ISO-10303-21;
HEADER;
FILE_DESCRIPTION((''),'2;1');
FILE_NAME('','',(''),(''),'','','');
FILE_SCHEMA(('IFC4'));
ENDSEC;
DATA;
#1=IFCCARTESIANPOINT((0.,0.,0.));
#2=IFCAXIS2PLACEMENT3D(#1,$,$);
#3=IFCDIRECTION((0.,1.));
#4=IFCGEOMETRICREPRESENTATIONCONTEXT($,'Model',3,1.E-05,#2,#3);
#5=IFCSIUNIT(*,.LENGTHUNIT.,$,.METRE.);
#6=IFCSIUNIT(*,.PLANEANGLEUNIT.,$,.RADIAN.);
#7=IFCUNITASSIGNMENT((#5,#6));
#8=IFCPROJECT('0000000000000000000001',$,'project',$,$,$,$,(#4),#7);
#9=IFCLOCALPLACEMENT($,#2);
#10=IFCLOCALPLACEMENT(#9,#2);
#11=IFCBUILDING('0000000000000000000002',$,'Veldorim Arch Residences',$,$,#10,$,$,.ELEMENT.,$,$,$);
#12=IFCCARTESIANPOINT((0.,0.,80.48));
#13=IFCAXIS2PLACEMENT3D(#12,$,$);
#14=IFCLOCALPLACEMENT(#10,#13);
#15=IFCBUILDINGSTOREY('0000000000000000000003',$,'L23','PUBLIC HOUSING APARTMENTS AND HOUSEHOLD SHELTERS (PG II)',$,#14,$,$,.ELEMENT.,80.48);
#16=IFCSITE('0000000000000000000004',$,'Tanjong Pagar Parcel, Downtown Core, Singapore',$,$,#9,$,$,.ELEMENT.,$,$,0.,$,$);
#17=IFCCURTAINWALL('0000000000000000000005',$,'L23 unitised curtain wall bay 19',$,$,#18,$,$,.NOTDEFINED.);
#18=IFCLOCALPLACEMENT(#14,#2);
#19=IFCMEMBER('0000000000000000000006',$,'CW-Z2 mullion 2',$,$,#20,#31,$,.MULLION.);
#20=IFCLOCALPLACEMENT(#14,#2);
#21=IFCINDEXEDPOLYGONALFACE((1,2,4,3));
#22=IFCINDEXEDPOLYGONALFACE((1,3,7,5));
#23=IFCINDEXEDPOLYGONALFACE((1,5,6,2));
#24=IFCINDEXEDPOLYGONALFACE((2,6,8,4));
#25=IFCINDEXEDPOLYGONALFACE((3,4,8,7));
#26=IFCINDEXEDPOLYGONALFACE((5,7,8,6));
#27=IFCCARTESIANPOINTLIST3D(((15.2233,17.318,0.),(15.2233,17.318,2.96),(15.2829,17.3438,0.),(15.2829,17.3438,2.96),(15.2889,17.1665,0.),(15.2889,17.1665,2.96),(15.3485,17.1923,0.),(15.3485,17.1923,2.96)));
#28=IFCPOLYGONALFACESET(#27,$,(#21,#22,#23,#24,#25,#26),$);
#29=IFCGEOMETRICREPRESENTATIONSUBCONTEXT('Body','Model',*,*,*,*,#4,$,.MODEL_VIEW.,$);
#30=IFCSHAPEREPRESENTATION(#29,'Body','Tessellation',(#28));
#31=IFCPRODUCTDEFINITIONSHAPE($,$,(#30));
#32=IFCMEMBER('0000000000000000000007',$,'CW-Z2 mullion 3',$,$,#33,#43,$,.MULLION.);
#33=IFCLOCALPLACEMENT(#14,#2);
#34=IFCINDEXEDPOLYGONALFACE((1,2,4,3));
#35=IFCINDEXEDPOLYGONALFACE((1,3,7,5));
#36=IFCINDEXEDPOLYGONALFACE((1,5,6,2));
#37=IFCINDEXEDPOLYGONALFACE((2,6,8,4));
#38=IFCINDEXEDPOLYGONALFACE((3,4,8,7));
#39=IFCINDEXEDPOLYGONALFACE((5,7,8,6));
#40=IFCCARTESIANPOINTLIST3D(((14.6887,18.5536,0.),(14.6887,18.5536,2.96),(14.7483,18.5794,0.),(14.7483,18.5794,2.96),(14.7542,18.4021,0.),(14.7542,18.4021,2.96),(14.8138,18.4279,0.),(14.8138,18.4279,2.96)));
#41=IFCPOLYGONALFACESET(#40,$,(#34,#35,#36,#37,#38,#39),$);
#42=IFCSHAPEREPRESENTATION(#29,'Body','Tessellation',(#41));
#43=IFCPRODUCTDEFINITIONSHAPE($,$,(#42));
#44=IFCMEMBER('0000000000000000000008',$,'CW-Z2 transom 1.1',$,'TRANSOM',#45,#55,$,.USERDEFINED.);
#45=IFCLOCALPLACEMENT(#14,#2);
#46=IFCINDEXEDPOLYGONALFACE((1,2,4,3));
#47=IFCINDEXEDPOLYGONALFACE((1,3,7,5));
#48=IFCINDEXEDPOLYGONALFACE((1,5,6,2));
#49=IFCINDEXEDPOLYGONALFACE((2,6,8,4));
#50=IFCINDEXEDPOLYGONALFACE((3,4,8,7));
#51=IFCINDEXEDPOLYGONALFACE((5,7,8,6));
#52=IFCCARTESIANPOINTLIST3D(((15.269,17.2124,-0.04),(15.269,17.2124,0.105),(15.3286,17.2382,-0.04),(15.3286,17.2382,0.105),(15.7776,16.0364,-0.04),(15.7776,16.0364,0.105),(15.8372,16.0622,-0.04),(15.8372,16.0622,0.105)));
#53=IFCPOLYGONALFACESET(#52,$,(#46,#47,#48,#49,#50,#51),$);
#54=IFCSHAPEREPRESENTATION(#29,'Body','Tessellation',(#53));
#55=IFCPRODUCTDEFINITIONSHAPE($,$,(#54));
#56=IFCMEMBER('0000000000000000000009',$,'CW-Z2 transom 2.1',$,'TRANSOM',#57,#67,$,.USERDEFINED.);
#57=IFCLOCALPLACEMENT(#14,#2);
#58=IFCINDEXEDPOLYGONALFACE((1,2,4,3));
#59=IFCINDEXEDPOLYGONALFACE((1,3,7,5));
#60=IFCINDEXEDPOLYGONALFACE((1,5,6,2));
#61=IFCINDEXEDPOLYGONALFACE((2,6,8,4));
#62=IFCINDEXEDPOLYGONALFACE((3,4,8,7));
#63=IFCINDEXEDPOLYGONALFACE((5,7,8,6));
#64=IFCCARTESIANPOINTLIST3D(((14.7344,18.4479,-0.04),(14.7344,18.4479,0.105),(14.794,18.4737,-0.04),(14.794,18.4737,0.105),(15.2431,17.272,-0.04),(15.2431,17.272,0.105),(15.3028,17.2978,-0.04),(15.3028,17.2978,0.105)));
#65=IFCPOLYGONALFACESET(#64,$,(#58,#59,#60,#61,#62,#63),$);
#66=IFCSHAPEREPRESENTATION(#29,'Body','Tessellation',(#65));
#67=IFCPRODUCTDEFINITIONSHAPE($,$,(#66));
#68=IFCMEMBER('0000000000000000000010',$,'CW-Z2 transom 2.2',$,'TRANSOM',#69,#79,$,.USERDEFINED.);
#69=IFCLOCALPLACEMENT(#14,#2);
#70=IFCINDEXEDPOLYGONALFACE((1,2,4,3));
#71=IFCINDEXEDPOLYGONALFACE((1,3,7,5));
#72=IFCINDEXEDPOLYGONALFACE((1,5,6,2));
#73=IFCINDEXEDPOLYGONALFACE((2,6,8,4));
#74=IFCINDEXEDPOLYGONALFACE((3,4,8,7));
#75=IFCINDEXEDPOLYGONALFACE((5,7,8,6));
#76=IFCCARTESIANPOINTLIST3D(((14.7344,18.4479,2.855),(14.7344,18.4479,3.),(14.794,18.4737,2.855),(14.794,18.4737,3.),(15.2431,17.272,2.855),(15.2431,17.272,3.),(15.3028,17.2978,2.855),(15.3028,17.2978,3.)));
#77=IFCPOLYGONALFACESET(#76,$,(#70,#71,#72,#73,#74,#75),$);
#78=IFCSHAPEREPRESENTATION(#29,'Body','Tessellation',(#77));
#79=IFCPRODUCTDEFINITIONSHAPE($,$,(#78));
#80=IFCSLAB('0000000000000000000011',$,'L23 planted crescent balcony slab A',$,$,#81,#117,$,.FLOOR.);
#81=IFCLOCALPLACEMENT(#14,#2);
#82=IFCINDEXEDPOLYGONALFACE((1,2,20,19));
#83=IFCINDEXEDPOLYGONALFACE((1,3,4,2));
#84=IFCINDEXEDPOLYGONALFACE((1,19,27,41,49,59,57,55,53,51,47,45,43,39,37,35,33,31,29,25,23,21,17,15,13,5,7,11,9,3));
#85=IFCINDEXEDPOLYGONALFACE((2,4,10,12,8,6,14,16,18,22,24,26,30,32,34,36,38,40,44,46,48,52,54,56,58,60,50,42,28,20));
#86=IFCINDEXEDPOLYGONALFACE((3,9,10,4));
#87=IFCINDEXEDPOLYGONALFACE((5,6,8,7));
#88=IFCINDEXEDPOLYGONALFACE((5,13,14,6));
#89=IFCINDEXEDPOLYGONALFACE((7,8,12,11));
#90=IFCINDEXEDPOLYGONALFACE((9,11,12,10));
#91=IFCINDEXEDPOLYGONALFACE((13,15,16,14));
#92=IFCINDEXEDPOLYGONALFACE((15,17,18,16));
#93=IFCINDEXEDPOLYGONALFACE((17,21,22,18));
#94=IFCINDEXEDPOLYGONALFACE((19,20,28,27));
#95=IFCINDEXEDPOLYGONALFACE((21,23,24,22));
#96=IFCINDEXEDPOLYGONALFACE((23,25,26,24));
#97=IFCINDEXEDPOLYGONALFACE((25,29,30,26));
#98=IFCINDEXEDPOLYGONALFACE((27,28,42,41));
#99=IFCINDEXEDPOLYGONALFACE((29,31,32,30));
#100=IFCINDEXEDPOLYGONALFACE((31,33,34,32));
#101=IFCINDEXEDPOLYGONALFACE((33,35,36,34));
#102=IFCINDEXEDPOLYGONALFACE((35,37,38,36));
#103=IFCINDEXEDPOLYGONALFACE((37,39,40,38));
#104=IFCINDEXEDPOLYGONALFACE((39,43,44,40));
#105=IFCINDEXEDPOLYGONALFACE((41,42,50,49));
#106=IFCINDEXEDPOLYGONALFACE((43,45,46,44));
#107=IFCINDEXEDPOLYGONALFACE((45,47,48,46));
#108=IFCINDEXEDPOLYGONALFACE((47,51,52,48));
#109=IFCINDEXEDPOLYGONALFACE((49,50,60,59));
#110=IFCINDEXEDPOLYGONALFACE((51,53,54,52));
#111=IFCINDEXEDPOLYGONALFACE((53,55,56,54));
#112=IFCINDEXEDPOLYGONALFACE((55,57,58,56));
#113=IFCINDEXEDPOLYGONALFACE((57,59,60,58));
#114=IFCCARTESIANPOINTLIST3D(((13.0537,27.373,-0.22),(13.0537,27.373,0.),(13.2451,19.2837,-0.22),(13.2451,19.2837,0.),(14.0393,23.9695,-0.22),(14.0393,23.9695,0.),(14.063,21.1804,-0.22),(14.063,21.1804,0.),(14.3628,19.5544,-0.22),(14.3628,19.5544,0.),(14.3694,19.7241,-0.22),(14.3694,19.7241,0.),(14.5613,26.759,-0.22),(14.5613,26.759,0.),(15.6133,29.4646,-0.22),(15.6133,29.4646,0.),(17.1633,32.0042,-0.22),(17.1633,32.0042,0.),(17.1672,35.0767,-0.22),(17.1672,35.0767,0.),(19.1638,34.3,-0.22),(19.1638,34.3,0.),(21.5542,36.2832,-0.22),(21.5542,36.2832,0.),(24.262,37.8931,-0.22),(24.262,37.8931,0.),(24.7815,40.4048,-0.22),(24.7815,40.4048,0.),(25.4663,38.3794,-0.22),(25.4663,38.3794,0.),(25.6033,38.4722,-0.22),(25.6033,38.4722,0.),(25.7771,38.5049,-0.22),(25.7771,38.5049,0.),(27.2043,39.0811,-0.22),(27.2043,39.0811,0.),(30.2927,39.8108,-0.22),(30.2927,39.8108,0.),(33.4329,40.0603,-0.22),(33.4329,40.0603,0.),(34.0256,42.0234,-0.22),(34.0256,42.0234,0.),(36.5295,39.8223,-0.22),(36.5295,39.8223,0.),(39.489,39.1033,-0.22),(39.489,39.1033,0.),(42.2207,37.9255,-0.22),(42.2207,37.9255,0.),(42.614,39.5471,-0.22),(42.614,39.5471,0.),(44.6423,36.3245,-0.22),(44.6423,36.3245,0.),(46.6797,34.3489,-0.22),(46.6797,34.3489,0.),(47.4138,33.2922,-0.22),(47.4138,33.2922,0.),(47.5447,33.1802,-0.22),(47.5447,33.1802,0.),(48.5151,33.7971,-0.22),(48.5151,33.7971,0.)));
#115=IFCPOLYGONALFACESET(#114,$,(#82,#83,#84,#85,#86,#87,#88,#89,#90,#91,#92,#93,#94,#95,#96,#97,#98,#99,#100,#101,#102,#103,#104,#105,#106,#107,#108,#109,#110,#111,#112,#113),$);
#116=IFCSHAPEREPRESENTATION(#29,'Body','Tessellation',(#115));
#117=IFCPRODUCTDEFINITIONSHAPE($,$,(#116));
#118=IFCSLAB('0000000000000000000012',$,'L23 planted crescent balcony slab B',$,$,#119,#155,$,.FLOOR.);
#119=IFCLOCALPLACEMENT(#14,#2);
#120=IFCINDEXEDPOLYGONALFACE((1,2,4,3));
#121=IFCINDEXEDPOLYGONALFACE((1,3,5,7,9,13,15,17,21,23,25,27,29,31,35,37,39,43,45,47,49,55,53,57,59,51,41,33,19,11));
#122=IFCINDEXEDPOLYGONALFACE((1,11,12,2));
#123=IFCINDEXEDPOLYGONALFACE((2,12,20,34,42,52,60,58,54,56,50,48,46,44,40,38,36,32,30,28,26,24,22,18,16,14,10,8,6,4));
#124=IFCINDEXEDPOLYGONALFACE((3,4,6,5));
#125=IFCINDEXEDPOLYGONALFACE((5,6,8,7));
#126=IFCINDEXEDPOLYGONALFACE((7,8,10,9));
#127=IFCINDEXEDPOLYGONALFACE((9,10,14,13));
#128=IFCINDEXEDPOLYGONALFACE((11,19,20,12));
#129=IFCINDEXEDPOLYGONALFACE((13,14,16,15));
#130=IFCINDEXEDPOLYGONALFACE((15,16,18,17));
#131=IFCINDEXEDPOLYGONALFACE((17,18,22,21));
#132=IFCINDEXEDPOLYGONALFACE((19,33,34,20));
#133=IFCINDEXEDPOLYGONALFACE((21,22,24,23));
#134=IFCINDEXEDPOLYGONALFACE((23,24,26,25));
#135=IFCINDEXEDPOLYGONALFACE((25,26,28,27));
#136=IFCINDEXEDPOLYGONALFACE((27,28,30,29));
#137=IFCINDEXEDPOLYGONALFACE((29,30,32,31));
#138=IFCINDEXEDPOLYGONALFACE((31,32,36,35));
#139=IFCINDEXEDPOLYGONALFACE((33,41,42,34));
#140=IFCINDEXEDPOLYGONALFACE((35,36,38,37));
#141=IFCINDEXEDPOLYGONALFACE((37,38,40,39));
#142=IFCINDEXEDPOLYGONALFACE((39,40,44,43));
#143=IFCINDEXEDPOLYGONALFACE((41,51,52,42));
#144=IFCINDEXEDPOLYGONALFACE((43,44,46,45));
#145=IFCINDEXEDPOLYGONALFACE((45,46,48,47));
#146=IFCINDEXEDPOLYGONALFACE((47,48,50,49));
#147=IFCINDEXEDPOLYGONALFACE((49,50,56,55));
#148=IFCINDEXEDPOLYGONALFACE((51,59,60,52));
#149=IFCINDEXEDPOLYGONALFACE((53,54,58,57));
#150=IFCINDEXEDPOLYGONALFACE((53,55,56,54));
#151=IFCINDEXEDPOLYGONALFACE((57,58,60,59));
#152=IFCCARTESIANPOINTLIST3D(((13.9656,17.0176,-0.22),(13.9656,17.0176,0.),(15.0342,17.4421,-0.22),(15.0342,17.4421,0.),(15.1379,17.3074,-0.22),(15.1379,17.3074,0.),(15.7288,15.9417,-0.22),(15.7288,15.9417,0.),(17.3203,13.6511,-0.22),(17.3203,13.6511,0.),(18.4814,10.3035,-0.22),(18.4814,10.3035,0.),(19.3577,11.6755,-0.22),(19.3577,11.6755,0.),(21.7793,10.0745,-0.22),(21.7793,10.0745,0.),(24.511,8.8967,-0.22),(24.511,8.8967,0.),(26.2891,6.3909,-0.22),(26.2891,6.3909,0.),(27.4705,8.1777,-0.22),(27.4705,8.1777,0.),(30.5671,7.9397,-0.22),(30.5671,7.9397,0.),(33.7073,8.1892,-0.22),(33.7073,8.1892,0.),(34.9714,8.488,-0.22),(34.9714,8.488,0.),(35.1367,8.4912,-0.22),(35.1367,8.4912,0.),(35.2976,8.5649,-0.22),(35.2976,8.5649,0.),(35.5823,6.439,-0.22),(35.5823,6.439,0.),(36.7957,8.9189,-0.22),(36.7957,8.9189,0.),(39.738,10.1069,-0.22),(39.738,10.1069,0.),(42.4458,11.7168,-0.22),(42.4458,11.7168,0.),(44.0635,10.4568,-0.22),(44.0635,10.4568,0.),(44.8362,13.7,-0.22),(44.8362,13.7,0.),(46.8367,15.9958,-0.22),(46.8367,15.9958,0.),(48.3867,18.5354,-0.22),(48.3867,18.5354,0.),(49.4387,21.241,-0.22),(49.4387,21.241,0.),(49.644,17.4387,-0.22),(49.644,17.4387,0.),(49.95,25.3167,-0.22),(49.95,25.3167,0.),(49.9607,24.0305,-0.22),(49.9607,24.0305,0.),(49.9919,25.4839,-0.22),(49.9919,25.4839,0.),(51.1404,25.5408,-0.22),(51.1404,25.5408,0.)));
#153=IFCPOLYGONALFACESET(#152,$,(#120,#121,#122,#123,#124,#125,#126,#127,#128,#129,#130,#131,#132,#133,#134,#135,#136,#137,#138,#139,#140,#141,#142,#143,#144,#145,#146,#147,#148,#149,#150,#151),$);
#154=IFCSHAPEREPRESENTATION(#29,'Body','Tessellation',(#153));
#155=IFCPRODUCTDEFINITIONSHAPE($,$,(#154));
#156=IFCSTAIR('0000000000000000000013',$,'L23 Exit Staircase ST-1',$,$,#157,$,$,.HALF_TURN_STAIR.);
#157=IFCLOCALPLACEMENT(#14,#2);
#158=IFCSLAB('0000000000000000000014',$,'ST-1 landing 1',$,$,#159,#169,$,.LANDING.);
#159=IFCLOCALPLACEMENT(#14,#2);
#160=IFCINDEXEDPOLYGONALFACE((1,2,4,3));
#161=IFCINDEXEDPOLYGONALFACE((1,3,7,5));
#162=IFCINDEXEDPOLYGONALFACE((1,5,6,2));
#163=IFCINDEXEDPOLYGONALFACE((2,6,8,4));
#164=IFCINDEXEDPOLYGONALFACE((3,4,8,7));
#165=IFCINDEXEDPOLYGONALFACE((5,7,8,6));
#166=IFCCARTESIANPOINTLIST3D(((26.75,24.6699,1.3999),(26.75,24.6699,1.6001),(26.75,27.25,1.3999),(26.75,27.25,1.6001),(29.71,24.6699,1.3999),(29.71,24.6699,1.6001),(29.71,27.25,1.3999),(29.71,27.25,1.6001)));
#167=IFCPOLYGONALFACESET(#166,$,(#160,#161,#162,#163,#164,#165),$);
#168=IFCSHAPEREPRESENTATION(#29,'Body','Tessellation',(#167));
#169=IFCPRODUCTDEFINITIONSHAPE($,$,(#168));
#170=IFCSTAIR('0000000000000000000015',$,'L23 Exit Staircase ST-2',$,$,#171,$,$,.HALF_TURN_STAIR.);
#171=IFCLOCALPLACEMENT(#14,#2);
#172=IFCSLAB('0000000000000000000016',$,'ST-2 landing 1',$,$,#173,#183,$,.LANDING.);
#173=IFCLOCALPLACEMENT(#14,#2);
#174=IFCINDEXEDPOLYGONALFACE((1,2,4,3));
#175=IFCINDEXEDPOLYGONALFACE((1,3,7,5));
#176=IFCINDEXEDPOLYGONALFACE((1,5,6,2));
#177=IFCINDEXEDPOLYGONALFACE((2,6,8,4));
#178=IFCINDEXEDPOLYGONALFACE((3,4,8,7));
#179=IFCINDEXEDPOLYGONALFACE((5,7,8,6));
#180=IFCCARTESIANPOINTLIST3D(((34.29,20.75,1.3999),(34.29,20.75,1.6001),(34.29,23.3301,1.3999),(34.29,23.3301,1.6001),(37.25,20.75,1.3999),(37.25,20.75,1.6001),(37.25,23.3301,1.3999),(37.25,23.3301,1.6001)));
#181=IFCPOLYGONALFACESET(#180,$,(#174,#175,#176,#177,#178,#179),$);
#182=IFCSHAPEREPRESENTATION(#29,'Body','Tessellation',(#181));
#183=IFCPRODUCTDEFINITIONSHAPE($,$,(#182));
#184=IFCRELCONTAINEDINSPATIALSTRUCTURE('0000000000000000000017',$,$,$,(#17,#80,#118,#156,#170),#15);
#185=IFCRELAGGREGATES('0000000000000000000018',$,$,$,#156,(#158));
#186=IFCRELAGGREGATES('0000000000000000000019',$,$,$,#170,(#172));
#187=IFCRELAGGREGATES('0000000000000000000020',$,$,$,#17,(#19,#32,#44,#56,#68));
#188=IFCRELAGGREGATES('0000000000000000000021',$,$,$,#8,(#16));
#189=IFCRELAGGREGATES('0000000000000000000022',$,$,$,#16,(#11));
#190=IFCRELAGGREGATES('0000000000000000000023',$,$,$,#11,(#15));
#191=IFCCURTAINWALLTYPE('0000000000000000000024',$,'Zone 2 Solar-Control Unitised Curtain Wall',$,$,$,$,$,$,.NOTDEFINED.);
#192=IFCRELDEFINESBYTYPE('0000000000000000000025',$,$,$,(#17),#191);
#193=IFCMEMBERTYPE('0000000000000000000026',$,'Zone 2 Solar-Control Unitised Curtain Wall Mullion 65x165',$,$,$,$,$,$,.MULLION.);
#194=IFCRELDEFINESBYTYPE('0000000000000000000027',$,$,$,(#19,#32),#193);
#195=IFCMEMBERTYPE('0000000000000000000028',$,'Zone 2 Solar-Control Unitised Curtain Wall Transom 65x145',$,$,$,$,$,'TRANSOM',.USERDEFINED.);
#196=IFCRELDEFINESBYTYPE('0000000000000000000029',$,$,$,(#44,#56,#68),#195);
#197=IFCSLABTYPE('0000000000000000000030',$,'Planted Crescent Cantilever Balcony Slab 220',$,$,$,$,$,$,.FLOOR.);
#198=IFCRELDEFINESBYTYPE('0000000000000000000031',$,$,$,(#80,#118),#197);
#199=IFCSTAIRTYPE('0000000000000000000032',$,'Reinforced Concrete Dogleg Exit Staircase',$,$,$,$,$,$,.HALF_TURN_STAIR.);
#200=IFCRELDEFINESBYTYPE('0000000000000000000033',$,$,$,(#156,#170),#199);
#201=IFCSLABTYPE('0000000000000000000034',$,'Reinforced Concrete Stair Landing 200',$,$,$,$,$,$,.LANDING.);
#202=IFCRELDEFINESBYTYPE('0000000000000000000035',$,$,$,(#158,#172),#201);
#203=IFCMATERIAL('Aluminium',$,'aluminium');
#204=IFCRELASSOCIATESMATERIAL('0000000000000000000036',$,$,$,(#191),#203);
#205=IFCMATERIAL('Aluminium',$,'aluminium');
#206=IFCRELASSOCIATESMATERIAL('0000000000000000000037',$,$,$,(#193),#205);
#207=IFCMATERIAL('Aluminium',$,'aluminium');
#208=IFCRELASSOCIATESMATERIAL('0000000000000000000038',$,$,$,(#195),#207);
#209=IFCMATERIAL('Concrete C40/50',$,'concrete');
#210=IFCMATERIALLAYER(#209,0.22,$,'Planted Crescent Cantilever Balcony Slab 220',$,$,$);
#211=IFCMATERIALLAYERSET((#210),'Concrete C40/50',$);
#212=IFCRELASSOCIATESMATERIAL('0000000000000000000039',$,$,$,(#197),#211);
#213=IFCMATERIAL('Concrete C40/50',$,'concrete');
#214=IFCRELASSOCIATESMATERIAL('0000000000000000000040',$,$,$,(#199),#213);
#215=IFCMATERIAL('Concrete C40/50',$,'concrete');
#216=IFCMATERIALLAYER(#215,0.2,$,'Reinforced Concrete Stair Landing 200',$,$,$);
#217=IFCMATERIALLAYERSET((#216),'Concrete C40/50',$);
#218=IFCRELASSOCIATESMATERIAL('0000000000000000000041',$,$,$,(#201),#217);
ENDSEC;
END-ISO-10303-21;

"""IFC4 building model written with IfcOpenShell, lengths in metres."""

from ifc_helpers import new_model, si_unit, direction, frame, origin, origin_2d, place, context, subcontext, project, spatial, polyline, rectangle, outline, extrude, material, layer, layer_set, material_profile, profile_set, type_object, element, aggregate, save


model = new_model("IFC4")

# Units and contexts
model_context = context("Model", 3, precision=1e-05, world=origin(), true_north=direction((0.0, 1.0)))
body_context = subcontext(model_context, "Body", "Model", "MODEL_VIEW")
ifc_project = project(units=[si_unit("LENGTHUNIT", "METRE"), si_unit("PLANEANGLEUNIT", "RADIAN")], contexts=[model_context])

# Site, building, storey
site_placement = place(None, origin())
site = spatial("IfcSite", under=ifc_project, at=site_placement, Name="Tanjong Pagar Parcel, Downtown Core, Singapore", CompositionType="ELEMENT", RefElevation=0.0)
building_placement = place(site_placement, origin())
building = spatial("IfcBuilding", under=site, at=building_placement, Name="Veldorim Arch Residences", CompositionType="ELEMENT")
storey_placement = place(building_placement, frame((0.0, 0.0, 80.48)))
storey = spatial("IfcBuildingStorey", under=building, at=storey_placement, Name="L23", Description="PUBLIC HOUSING APARTMENTS AND HOUSEHOLD SHELTERS (PG II)", CompositionType="ELEMENT", Elevation=80.48)

# Curtain wall, members
ifc_material_1 = material(Name="Aluminium", Category="aluminium")
curtain_wall_type = type_object("IfcCurtainWallType", Name="Zone 2 Solar-Control Unitised Curtain Wall", PredefinedType="NOTDEFINED", material=ifc_material_1)
curtain_wall_placement = place(storey_placement, origin())
curtain_wall = element("IfcCurtainWall", 1, at=curtain_wall_placement, inside=storey, type_object=curtain_wall_type, Name="L23 unitised curtain wall bay 19", PredefinedType="NOTDEFINED")
ifc_material_2 = material(Name="Aluminium", Category="aluminium")
ifc_material_profile_1 = material_profile(ifc_material_2, rectangle(XDim=0.0649, YDim=0.165, at=origin_2d()), Name="ALU_MUL_65x165")
ifc_profile_set_1 = profile_set([ifc_material_profile_1], Name="Aluminium")
member_type_1 = type_object("IfcMemberType", Name="Zone 2 Solar-Control Unitised Curtain Wall Mullion 65x165", PredefinedType="MULLION", material=ifc_profile_set_1)
member_1_placement = place(storey_placement, frame((15.2859, 17.2551, 0.0), z_axis=(0.0, 0.0, 1.0), x_axis=(-0.917797, -0.397051, 0.0)))
member_1 = element("IfcMember", 2, at=member_1_placement, type_object=member_type_1, Name="CW-Z2 mullion 2", PredefinedType="MULLION", context=body_context, shape_type="SweptSolid", body=[
    extrude(rectangle(XDim=0.0649, YDim=0.165, at=origin_2d()), origin(), (0.0, 0.0, 1.0), 2.96),
])
member_2_placement = place(storey_placement, frame((14.7512, 18.4907, 0.0), z_axis=(0.0, 0.0, 1.0), x_axis=(-0.917797, -0.397051, 0.0)))
member_2 = element("IfcMember", 3, at=member_2_placement, type_object=member_type_1, Name="CW-Z2 mullion 3", PredefinedType="MULLION", context=body_context, shape_type="SweptSolid", body=[
    extrude(rectangle(XDim=0.0649, YDim=0.165, at=origin_2d()), origin(), (0.0, 0.0, 1.0), 2.96),
])
ifc_material_3 = material(Name="Aluminium", Category="aluminium")
ifc_material_profile_2 = material_profile(ifc_material_3, rectangle(XDim=0.0649, YDim=0.145, at=origin_2d()), Name="ALU_TRN_65x145")
ifc_profile_set_2 = profile_set([ifc_material_profile_2], Name="Aluminium")
member_type_2 = type_object("IfcMemberType", Name="Zone 2 Solar-Control Unitised Curtain Wall Transom 65x145", ElementType="TRANSOM", PredefinedType="USERDEFINED", material=ifc_profile_set_2)
member_3_placement = place(storey_placement, frame((15.8074, 16.0493, 0.0325), z_axis=(-0.396907, 0.917859, 0.0), x_axis=(-0.917859, -0.396907, 0.0)))
member_3 = element("IfcMember", 4, at=member_3_placement, type_object=member_type_2, Name="CW-Z2 transom 1.1", ObjectType="TRANSOM", PredefinedType="USERDEFINED", context=body_context, shape_type="SweptSolid", body=[
    extrude(rectangle(XDim=0.0649, YDim=0.145, at=origin_2d()), origin(), (0.0, 0.0, 1.0), 1.2812),
])
member_4_placement = place(storey_placement, frame((15.2729, 17.2849, 0.0325), z_axis=(-0.397067, 0.917789, 0.0), x_axis=(-0.917789, -0.397067, 0.0)))
member_4 = element("IfcMember", 5, at=member_4_placement, type_object=member_type_2, Name="CW-Z2 transom 2.1", ObjectType="TRANSOM", PredefinedType="USERDEFINED", context=body_context, shape_type="SweptSolid", body=[
    extrude(rectangle(XDim=0.0649, YDim=0.145, at=origin_2d()), origin(), (0.0, 0.0, 1.0), 1.2812),
])
member_5_placement = place(storey_placement, frame((15.2729, 17.2849, 2.9275), z_axis=(-0.397067, 0.917789, 0.0), x_axis=(-0.917789, -0.397067, 0.0)))
member_5 = element("IfcMember", 6, at=member_5_placement, type_object=member_type_2, Name="CW-Z2 transom 2.2", ObjectType="TRANSOM", PredefinedType="USERDEFINED", context=body_context, shape_type="SweptSolid", body=[
    extrude(rectangle(XDim=0.0649, YDim=0.145, at=origin_2d()), origin(), (0.0, 0.0, 1.0), 1.2812),
])

# Slabs
ifc_material_4 = material(Name="Concrete C40/50", Category="concrete")
ifc_layer_1 = layer(ifc_material_4, 0.22, Name="Planted Crescent Cantilever Balcony Slab 220")
ifc_layer_set_1 = layer_set([ifc_layer_1], Name="Concrete C40/50")
slab_type_1 = type_object("IfcSlabType", Name="Planted Crescent Cantilever Balcony Slab 220", PredefinedType="FLOOR", material=ifc_layer_set_1)
slab_1_placement = place(storey_placement, frame((0.0, 0.0, -0.22)))
element("IfcSlab", 7, at=slab_1_placement, inside=storey, type_object=slab_type_1, Name="L23 planted crescent balcony slab A", PredefinedType="FLOOR", context=body_context, shape_type="SweptSolid", body=[
    extrude(outline(polyline([(47.4138, 33.2922), (46.6797, 34.3489), (44.6423, 36.3245), (42.2207, 37.9255), (39.489, 39.1033), (36.5295, 39.8223), (33.4329, 40.0603), (30.2927, 39.8108), (27.2043, 39.0811), (25.7771, 38.5049), (25.6033, 38.4722), (25.4663, 38.3794), (24.262, 37.8931), (21.5542, 36.2832), (19.1638, 34.3), (17.1633, 32.0042), (15.6133, 29.4646), (14.5613, 26.759), (14.0393, 23.9695), (14.063, 21.1804), (14.3694, 19.7241), (14.3628, 19.5544), (13.2451, 19.2837), (13.0537, 27.373), (17.1672, 35.0767), (24.7815, 40.4048), (34.0256, 42.0234), (42.614, 39.5471), (48.5151, 33.7971), (47.5447, 33.1802), (47.4138, 33.2922)])), origin(), (0.0, 0.0, 1.0), 0.22),
])
slab_2_placement = place(storey_placement, frame((0.0, 0.0, -0.22)))
element("IfcSlab", 8, at=slab_2_placement, inside=storey, type_object=slab_type_1, Name="L23 planted crescent balcony slab B", PredefinedType="FLOOR", context=body_context, shape_type="SweptSolid", body=[
    extrude(outline(polyline([(15.1379, 17.3074), (15.7288, 15.9417), (17.3203, 13.6511), (19.3577, 11.6755), (21.7793, 10.0745), (24.511, 8.8967), (27.4705, 8.1777), (30.5671, 7.9397), (33.7073, 8.1892), (34.9714, 8.488), (35.1367, 8.4912), (35.2976, 8.5649), (36.7957, 8.9189), (39.738, 10.1069), (42.4458, 11.7168), (44.8362, 13.7), (46.8367, 15.9958), (48.3867, 18.5354), (49.4387, 21.241), (49.9607, 24.0305), (49.95, 25.3167), (49.9919, 25.4839), (51.1404, 25.5408), (49.644, 17.4387), (44.0635, 10.4568), (35.5823, 6.439), (26.2891, 6.3909), (18.4814, 10.3035), (13.9656, 17.0176), (15.0342, 17.4421), (15.1379, 17.3074)])), origin(), (0.0, 0.0, 1.0), 0.22),
])

# Stairs, slabs
ifc_material_5 = material(Name="Concrete C40/50", Category="concrete")
stair_type = type_object("IfcStairType", Name="Reinforced Concrete Dogleg Exit Staircase", PredefinedType="HALF_TURN_STAIR", material=ifc_material_5)
stair_1_placement = place(storey_placement, origin())
stair_1 = element("IfcStair", 9, at=stair_1_placement, inside=storey, type_object=stair_type, Name="L23 Exit Staircase ST-1", PredefinedType="HALF_TURN_STAIR")
ifc_material_6 = material(Name="Concrete C40/50", Category="concrete")
ifc_layer_2 = layer(ifc_material_6, 0.2, Name="Reinforced Concrete Stair Landing 200")
ifc_layer_set_2 = layer_set([ifc_layer_2], Name="Concrete C40/50")
slab_type_2 = type_object("IfcSlabType", Name="Reinforced Concrete Stair Landing 200", PredefinedType="LANDING", material=ifc_layer_set_2)
slab_3_placement = place(storey_placement, frame((0.0, 0.0, 1.3999)))
slab_3 = element("IfcSlab", 10, at=slab_3_placement, type_object=slab_type_2, Name="ST-1 landing 1", PredefinedType="LANDING", context=body_context, shape_type="SweptSolid", body=[
    extrude(outline(polyline([(29.71, 24.6699), (29.71, 27.25), (26.75, 27.25), (26.75, 24.6699), (29.71, 24.6699)])), origin(), (0.0, 0.0, 1.0), 0.2002),
])
aggregate(stair_1, [slab_3])
stair_2_placement = place(storey_placement, origin())
stair_2 = element("IfcStair", 11, at=stair_2_placement, inside=storey, type_object=stair_type, Name="L23 Exit Staircase ST-2", PredefinedType="HALF_TURN_STAIR")
slab_4_placement = place(storey_placement, frame((0.0, 0.0, 1.3999)))
slab_4 = element("IfcSlab", 12, at=slab_4_placement, type_object=slab_type_2, Name="ST-2 landing 1", PredefinedType="LANDING", context=body_context, shape_type="SweptSolid", body=[
    extrude(outline(polyline([(34.29, 23.3301), (34.29, 20.75), (37.25, 20.75), (37.25, 23.3301), (34.29, 23.3301)])), origin(), (0.0, 0.0, 1.0), 0.2002),
])
aggregate(stair_2, [slab_4])

aggregate(curtain_wall, [member_1, member_2, member_3, member_4, member_5])

save(model, "model.ifc")
